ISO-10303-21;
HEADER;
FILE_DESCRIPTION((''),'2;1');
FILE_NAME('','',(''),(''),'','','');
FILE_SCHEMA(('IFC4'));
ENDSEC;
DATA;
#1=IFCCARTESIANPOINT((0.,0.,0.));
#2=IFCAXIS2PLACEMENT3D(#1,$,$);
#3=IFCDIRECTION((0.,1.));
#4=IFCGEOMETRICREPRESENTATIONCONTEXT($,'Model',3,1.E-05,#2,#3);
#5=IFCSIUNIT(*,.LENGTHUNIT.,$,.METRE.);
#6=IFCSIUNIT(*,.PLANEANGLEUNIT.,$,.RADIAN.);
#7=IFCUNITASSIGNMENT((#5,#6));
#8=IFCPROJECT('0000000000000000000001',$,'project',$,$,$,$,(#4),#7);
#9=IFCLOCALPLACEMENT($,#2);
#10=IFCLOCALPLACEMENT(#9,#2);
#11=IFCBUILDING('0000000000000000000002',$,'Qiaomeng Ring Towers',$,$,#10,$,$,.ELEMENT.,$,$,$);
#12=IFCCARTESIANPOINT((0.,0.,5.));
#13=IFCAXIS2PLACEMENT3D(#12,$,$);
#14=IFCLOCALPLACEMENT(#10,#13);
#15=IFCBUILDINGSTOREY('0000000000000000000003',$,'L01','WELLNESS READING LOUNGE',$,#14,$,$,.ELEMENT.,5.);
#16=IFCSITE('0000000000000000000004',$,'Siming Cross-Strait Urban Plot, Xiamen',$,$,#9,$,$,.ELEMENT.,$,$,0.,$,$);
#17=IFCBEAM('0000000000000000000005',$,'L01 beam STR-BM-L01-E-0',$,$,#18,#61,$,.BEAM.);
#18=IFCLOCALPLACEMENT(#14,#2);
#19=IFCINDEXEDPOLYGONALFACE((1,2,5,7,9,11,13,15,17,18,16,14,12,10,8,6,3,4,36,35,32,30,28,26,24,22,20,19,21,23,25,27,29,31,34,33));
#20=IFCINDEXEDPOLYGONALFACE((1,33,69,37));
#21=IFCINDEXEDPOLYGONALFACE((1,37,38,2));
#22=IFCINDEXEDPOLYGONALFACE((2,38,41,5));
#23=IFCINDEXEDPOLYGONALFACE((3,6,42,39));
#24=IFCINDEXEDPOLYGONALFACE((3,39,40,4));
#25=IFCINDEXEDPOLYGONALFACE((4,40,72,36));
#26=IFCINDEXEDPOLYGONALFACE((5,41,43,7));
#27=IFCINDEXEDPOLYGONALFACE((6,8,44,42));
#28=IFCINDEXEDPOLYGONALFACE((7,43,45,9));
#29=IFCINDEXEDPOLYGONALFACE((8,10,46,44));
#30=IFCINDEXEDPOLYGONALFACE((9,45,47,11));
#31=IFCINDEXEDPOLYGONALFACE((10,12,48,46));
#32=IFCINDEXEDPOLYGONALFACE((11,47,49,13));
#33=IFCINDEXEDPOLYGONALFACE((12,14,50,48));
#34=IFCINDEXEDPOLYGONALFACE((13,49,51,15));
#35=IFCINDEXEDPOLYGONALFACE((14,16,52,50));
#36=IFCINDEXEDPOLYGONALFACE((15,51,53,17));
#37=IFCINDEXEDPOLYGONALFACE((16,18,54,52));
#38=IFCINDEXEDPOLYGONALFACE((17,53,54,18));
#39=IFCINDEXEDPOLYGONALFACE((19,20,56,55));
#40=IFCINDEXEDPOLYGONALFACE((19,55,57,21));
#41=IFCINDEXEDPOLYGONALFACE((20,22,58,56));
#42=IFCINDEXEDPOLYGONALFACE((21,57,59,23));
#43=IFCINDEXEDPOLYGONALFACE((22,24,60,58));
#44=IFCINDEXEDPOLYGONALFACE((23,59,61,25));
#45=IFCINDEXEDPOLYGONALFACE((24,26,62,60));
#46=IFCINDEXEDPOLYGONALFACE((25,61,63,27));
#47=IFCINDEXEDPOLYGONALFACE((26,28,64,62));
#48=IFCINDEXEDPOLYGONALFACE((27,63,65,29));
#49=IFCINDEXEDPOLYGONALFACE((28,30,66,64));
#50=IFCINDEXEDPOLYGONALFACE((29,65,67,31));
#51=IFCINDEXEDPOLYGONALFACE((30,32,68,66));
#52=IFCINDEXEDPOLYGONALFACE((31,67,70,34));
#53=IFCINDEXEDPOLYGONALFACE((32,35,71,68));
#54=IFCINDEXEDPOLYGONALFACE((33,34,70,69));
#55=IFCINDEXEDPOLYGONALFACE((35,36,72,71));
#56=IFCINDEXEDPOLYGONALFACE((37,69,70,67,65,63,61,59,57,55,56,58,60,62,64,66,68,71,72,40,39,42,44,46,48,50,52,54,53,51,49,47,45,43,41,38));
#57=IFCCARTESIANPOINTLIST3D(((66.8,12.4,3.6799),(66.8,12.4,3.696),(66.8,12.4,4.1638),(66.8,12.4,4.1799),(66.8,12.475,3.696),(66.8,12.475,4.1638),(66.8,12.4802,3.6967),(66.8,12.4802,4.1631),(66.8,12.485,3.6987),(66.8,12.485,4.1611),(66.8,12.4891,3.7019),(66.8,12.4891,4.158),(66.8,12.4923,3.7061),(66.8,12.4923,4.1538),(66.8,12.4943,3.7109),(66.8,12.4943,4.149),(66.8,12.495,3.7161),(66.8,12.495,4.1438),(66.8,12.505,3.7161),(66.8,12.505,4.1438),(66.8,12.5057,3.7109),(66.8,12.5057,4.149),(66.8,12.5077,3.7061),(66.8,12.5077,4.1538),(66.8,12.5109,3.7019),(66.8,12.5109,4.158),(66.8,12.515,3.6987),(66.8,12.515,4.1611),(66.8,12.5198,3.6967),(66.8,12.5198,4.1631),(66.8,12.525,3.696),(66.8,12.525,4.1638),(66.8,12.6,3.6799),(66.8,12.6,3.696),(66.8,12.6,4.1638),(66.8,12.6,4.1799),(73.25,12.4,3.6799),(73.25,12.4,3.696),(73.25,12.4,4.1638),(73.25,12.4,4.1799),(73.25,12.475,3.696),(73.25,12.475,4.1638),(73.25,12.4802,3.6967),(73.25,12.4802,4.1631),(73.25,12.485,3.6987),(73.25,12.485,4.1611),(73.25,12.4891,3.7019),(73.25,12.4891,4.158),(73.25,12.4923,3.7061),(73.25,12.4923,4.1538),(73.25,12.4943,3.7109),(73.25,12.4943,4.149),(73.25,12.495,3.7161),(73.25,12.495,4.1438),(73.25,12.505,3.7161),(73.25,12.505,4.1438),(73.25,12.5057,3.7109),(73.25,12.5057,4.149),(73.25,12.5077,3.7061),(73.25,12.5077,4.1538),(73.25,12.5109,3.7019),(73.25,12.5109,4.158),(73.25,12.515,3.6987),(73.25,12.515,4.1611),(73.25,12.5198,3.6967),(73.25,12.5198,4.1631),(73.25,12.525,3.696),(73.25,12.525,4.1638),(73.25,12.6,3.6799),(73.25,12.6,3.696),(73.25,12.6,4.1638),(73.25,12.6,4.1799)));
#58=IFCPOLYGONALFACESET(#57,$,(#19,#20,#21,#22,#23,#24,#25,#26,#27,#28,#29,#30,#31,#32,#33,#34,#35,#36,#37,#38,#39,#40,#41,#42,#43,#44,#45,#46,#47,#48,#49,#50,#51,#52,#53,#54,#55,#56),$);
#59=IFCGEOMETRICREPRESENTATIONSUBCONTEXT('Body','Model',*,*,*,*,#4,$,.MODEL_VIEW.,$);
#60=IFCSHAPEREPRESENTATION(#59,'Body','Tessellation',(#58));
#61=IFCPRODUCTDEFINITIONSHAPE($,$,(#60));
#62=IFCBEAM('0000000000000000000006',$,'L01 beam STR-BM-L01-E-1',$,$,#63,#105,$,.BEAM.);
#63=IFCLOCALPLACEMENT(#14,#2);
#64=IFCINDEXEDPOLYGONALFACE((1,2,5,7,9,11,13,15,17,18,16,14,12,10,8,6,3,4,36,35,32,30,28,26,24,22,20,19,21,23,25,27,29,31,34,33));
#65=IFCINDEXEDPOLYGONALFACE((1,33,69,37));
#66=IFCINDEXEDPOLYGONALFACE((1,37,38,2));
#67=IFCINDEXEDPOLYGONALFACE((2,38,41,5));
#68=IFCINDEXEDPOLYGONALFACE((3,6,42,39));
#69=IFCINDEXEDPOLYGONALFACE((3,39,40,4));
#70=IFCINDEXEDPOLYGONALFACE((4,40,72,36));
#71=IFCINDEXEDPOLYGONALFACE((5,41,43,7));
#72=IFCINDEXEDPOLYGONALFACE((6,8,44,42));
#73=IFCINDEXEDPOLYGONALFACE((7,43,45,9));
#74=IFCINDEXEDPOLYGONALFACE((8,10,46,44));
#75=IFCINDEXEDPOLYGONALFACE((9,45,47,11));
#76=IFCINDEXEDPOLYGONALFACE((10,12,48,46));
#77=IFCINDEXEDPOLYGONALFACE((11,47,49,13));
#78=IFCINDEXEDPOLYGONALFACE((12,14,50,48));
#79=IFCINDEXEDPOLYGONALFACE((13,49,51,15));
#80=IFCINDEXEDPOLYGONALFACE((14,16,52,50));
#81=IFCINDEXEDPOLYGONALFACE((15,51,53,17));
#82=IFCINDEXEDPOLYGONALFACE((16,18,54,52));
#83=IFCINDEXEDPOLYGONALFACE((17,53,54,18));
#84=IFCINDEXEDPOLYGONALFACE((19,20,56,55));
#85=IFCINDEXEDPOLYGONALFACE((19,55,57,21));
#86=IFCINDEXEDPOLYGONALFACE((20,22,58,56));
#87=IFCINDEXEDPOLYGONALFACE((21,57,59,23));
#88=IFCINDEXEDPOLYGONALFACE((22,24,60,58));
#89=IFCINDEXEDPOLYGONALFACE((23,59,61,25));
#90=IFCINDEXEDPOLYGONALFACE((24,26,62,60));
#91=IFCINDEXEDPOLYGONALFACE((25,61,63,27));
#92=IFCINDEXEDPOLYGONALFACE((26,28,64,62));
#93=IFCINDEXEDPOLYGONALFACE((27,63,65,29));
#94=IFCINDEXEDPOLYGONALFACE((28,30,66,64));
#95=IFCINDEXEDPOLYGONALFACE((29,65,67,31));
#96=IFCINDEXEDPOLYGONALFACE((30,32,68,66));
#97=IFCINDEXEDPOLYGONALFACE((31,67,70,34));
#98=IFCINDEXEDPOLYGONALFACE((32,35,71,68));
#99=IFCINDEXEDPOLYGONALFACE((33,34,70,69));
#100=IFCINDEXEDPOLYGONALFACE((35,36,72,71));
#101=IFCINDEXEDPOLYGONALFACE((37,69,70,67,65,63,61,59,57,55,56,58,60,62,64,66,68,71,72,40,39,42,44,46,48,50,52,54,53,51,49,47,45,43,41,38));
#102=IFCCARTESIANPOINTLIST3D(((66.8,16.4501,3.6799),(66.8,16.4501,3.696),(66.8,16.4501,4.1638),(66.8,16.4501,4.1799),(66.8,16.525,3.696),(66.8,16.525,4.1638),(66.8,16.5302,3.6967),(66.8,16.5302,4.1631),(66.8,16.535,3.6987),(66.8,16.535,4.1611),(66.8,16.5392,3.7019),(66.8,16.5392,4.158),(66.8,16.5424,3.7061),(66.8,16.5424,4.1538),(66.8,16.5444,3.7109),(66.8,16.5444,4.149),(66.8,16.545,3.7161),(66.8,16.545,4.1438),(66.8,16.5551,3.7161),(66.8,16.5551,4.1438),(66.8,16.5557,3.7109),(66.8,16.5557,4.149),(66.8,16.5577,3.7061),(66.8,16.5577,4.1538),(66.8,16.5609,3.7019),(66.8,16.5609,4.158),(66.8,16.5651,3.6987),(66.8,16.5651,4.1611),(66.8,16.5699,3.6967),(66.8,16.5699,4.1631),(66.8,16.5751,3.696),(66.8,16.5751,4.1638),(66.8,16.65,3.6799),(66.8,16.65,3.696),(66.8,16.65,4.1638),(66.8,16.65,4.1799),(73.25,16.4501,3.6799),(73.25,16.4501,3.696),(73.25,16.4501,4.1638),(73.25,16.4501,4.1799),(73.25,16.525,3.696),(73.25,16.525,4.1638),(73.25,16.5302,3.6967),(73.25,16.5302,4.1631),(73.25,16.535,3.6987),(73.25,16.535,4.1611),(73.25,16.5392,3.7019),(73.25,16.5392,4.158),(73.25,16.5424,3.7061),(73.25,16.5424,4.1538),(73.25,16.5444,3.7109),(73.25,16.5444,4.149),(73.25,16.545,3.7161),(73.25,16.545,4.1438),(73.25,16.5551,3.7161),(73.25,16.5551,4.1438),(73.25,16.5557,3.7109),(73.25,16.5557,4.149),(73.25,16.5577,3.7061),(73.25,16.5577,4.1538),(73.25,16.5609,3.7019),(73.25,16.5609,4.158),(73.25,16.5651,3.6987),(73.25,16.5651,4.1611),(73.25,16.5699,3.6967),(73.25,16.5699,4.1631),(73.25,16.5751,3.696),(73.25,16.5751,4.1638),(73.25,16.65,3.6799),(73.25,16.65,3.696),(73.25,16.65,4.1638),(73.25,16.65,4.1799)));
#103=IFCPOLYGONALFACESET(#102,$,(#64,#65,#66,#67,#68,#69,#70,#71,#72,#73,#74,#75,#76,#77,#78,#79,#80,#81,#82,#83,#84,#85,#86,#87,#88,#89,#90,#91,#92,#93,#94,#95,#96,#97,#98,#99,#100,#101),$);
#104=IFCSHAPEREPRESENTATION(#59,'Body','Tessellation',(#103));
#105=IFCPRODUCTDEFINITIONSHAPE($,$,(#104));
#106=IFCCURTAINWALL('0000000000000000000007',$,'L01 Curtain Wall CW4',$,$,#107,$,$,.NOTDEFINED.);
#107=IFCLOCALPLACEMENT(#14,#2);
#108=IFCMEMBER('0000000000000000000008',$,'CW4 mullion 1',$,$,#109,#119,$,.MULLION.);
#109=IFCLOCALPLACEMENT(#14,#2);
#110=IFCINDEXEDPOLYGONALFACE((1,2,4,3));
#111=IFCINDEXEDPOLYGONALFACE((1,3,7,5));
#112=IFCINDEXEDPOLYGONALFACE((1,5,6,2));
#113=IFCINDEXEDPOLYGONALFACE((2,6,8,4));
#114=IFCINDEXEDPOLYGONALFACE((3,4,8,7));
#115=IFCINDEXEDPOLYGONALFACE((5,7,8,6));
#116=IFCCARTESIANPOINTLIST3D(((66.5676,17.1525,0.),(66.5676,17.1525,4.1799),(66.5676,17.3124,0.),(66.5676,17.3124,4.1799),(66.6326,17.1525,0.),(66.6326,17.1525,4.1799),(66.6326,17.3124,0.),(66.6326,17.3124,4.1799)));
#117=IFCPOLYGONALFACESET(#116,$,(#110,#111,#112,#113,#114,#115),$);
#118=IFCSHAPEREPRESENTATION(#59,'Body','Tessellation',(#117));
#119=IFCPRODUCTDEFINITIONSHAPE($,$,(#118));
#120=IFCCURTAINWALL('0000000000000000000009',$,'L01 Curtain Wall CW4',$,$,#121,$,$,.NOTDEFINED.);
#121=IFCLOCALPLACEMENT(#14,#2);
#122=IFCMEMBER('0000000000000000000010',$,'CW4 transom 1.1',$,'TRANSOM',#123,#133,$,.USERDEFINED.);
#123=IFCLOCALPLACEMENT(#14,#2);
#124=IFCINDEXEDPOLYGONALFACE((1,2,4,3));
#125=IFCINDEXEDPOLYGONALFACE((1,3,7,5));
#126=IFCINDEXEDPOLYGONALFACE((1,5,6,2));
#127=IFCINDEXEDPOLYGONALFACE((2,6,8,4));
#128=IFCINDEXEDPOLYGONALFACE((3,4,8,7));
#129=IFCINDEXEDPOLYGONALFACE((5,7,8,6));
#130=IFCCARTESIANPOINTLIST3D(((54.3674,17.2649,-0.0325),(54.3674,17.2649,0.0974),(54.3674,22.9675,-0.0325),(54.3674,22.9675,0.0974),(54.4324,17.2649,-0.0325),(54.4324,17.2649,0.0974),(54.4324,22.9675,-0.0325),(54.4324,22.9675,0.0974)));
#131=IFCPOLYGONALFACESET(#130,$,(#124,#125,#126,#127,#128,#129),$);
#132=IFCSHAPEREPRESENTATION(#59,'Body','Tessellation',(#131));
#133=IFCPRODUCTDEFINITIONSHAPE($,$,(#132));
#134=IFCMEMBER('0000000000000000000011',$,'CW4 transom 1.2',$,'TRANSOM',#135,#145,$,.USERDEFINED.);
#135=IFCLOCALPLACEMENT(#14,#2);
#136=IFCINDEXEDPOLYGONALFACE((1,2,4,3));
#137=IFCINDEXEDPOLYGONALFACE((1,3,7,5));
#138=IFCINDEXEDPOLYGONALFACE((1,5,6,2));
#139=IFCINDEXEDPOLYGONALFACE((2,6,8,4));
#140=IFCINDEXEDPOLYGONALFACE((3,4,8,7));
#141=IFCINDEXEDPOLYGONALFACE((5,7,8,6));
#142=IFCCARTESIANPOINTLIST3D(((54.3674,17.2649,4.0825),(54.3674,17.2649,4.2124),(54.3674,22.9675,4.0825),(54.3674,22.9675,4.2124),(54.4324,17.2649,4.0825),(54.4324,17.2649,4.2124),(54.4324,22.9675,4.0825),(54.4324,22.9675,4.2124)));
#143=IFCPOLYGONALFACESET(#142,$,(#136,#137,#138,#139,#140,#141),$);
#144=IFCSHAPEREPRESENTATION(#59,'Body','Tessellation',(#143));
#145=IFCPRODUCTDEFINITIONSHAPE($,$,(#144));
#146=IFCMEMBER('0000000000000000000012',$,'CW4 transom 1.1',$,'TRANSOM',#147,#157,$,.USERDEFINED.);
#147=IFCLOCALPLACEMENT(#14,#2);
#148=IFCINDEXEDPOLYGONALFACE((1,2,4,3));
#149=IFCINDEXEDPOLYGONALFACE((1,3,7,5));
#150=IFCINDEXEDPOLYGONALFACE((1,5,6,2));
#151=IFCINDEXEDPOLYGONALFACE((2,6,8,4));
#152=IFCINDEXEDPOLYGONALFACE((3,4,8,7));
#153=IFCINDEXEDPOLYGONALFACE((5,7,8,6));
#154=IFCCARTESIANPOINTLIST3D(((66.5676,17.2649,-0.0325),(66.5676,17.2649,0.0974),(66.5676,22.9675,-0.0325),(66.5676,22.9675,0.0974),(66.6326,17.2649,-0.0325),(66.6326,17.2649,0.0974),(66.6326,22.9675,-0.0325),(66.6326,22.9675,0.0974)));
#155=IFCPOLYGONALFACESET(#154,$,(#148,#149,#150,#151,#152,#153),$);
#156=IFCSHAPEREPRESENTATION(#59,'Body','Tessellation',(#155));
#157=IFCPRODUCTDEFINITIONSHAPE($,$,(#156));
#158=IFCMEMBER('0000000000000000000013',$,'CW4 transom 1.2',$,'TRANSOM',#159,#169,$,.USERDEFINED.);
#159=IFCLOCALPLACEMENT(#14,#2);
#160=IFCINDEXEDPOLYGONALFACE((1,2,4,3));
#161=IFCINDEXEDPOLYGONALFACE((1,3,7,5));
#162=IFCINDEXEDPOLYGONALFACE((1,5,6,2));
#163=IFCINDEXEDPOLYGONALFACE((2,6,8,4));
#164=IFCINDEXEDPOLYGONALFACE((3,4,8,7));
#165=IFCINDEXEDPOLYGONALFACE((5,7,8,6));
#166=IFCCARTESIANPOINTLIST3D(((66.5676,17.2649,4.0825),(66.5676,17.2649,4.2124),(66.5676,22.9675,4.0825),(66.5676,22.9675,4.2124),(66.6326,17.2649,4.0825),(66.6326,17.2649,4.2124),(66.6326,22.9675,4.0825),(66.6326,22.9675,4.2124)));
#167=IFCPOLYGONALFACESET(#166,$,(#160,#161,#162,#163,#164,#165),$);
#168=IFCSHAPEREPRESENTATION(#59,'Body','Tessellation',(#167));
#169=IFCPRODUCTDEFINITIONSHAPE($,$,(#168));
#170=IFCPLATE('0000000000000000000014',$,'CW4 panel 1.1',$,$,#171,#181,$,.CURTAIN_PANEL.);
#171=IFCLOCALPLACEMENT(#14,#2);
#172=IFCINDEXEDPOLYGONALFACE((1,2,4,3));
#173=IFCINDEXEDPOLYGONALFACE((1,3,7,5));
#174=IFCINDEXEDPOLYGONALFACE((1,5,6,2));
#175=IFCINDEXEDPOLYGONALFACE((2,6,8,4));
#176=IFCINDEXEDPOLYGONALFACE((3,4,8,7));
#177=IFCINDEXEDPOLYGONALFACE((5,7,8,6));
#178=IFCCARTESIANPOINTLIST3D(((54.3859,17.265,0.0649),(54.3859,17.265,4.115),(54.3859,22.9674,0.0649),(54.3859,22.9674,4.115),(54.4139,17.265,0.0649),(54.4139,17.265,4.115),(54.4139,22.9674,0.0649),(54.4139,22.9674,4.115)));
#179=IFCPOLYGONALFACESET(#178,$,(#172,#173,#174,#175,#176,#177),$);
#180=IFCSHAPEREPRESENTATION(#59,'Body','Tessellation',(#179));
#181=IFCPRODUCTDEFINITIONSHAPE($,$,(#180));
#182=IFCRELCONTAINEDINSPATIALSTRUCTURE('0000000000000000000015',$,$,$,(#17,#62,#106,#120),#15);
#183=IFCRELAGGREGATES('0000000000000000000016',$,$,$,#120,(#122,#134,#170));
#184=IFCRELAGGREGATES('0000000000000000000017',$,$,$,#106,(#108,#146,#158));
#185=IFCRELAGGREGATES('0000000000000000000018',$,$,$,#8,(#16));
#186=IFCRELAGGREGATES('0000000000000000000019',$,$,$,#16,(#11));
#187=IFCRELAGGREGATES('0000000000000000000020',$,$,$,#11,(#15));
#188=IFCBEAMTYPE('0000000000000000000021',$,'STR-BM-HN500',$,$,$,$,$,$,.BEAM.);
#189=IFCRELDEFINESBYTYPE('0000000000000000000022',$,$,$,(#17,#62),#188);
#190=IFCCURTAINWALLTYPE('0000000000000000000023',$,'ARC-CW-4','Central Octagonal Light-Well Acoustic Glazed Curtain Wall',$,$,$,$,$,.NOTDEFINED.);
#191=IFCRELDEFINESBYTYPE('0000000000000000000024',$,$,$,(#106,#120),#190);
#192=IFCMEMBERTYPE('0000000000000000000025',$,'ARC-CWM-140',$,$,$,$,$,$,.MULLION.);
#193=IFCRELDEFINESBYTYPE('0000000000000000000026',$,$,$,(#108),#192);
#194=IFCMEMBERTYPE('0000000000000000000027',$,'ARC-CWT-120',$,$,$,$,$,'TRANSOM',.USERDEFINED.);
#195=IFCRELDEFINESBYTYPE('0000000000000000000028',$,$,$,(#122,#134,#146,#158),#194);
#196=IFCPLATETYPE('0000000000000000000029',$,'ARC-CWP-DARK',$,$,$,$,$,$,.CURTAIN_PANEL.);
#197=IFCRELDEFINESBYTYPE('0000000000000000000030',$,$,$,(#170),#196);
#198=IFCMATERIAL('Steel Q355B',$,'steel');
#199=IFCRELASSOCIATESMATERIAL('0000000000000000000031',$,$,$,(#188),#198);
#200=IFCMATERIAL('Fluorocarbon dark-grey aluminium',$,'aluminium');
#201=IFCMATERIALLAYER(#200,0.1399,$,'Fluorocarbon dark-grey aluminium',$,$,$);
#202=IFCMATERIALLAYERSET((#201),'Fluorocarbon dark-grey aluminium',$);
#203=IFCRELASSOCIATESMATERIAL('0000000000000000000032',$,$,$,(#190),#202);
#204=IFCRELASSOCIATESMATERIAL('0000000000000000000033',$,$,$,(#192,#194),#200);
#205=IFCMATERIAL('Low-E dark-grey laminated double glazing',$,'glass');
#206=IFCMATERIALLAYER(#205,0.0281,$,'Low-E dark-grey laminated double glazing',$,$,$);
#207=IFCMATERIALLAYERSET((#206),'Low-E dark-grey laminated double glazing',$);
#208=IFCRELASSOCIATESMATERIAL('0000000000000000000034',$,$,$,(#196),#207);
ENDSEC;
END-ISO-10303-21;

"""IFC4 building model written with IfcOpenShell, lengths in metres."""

from ifc_helpers import new_model, si_unit, direction, frame, origin, origin_2d, place, context, subcontext, project, spatial, rectangle, i_section, extrude, source, transform, mapped, material, layer, layer_set, material_profile, profile_set, type_object, element, aggregate, save


model = new_model("IFC4")

# Units and contexts
model_context = context("Model", 3, precision=1e-05, world=origin(), true_north=direction((0.0, 1.0)))
body_context = subcontext(model_context, "Body", "Model", "MODEL_VIEW")
ifc_project = project(units=[si_unit("LENGTHUNIT", "METRE"), si_unit("PLANEANGLEUNIT", "RADIAN")], contexts=[model_context])

# Site, building, storey
site_placement = place(None, origin())
site = spatial("IfcSite", under=ifc_project, at=site_placement, Name="Siming Cross-Strait Urban Plot, Xiamen", CompositionType="ELEMENT", RefElevation=0.0)
building_placement = place(site_placement, origin())
building = spatial("IfcBuilding", under=site, at=building_placement, Name="Qiaomeng Ring Towers", CompositionType="ELEMENT")
storey_placement = place(building_placement, frame((0.0, 0.0, 5.0)))
storey = spatial("IfcBuildingStorey", under=building, at=storey_placement, Name="L01", Description="WELLNESS READING LOUNGE", CompositionType="ELEMENT", Elevation=5.0)

# Beams
ifc_material_1 = material(Name="Steel Q355B", Category="steel")
ifc_material_profile_1 = material_profile(ifc_material_1, i_section(OverallWidth=0.2, OverallDepth=0.5, WebThickness=0.01, FlangeThickness=0.0161, FilletRadius=0.02, at=origin_2d()), Name="HN 500x200x10x16")
ifc_profile_set_1 = profile_set([ifc_material_profile_1], Name="Steel Q355B")
beam_type = type_object("IfcBeamType", Name="STR-BM-HN500", PredefinedType="BEAM", material=ifc_profile_set_1)
shared_shape_1 = source(origin(), body_context, "Body", "SweptSolid", [
    extrude(i_section(OverallWidth=0.2, OverallDepth=0.5, WebThickness=0.01, FlangeThickness=0.0161, FilletRadius=0.02, at=origin_2d()), origin(), (0.0, 0.0, 1.0), 6.45),
])
for number, where, z_axis, x_axis, name in (
    (1, (66.8, 12.5, 3.9299), (1.0, 0.0, 0.0), (0.0, 1.0, 0.0), "L01 beam STR-BM-L01-E-0"),
    (2, (66.8, 16.55, 3.9299), (1.0, 0.0, 0.0), (0.0, 1.0, 0.0), "L01 beam STR-BM-L01-E-1"),
):
    element("IfcBeam", number, at=place(storey_placement, frame(where, z_axis=z_axis, x_axis=x_axis)), inside=storey, type_object=beam_type, Name=name, PredefinedType="BEAM", context=body_context, shape_type="MappedRepresentation", body=[
        mapped(shared_shape_1, transform((0.0, 0.0, 0.0), x_axis=(1.0, 0.0, 0.0), y_axis=(0.0, 1.0, 0.0), z_axis=(0.0, 0.0, 1.0), scale=1.0)),
    ])

# Curtain wall, member
ifc_material_2 = material(Name="Fluorocarbon dark-grey aluminium", Category="aluminium")
ifc_layer_1 = layer(ifc_material_2, 0.1399, Name="Fluorocarbon dark-grey aluminium")
ifc_layer_set_1 = layer_set([ifc_layer_1], Name="Fluorocarbon dark-grey aluminium")
curtain_wall_type = type_object("IfcCurtainWallType", Name="ARC-CW-4", Description="Central Octagonal Light-Well Acoustic Glazed Curtain Wall", PredefinedType="NOTDEFINED", material=ifc_layer_set_1)
curtain_wall_1_placement = place(storey_placement, origin())
curtain_wall_1 = element("IfcCurtainWall", 3, at=curtain_wall_1_placement, inside=storey, type_object=curtain_wall_type, Name="L01 Curtain Wall CW4", PredefinedType="NOTDEFINED")
ifc_material_profile_2 = material_profile(ifc_material_2, rectangle(XDim=0.0649, YDim=0.1599, at=origin_2d()), Name="ALU MULL 65x160")
ifc_profile_set_2 = profile_set([ifc_material_profile_2], Name="Fluorocarbon dark-grey aluminium")
member_type_1 = type_object("IfcMemberType", Name="ARC-CWM-140", PredefinedType="MULLION", material=ifc_profile_set_2)
shared_shape_2 = source(origin(), body_context, "Body", "SweptSolid", [
    extrude(rectangle(XDim=0.0649, YDim=0.1599, at=origin_2d()), origin(), (0.0, 0.0, 1.0), 4.1799),
])
member_1_placement = place(storey_placement, frame((66.6001, 17.2324, 0.0), z_axis=(0.0, 0.0, 1.0), x_axis=(-1.0, 0.0, 0.0)))
member_1 = element("IfcMember", 4, at=member_1_placement, type_object=member_type_1, Name="CW4 mullion 1", PredefinedType="MULLION", context=body_context, shape_type="MappedRepresentation", body=[
    mapped(shared_shape_2, transform((0.0, 0.0, 0.0), x_axis=(1.0, 0.0, 0.0), y_axis=(0.0, 1.0, 0.0), z_axis=(0.0, 0.0, 1.0), scale=1.0)),
])

# Curtain wall, members
curtain_wall_2_placement = place(storey_placement, origin())
curtain_wall_2 = element("IfcCurtainWall", 5, at=curtain_wall_2_placement, inside=storey, type_object=curtain_wall_type, Name="L01 Curtain Wall CW4", PredefinedType="NOTDEFINED")
ifc_material_profile_3 = material_profile(ifc_material_2, rectangle(XDim=0.0649, YDim=0.1299, at=origin_2d()), Name="ALU TRAN 65x130")
ifc_profile_set_3 = profile_set([ifc_material_profile_3], Name="Fluorocarbon dark-grey aluminium")
member_type_2 = type_object("IfcMemberType", Name="ARC-CWT-120", ElementType="TRANSOM", PredefinedType="USERDEFINED", material=ifc_profile_set_3)
shared_shape_3 = source(origin(), body_context, "Body", "SweptSolid", [
    extrude(rectangle(XDim=0.0649, YDim=0.1299, at=origin_2d()), origin(), (0.0, 0.0, 1.0), 5.7026),
])
member_2_placement = place(storey_placement, frame((54.3999, 17.2649, 0.0325), z_axis=(0.0, 1.0, 0.0), x_axis=(-1.0, 0.0, 0.0)))
member_2 = element("IfcMember", 6, at=member_2_placement, type_object=member_type_2, Name="CW4 transom 1.1", ObjectType="TRANSOM", PredefinedType="USERDEFINED", context=body_context, shape_type="MappedRepresentation", body=[
    mapped(shared_shape_3, transform((0.0, 0.0, 0.0), x_axis=(1.0, 0.0, 0.0), y_axis=(0.0, 1.0, 0.0), z_axis=(0.0, 0.0, 1.0), scale=1.0)),
])
member_3_placement = place(storey_placement, frame((54.3999, 17.2649, 4.1475), z_axis=(0.0, 1.0, 0.0), x_axis=(-1.0, 0.0, 0.0)))
member_3 = element("IfcMember", 7, at=member_3_placement, type_object=member_type_2, Name="CW4 transom 1.2", ObjectType="TRANSOM", PredefinedType="USERDEFINED", context=body_context, shape_type="MappedRepresentation", body=[
    mapped(shared_shape_3, transform((0.0, 0.0, 0.0), x_axis=(1.0, 0.0, 0.0), y_axis=(0.0, 1.0, 0.0), z_axis=(0.0, 0.0, 1.0), scale=1.0)),
])

# Members
member_4_placement = place(storey_placement, frame((66.6001, 17.2649, 0.0325), z_axis=(0.0, 1.0, 0.0), x_axis=(-1.0, 0.0, 0.0)))
member_4 = element("IfcMember", 8, at=member_4_placement, type_object=member_type_2, Name="CW4 transom 1.1", ObjectType="TRANSOM", PredefinedType="USERDEFINED", context=body_context, shape_type="MappedRepresentation", body=[
    mapped(shared_shape_3, transform((0.0, 0.0, 0.0), x_axis=(1.0, 0.0, 0.0), y_axis=(0.0, 1.0, 0.0), z_axis=(0.0, 0.0, 1.0), scale=1.0)),
])
member_5_placement = place(storey_placement, frame((66.6001, 17.2649, 4.1475), z_axis=(0.0, 1.0, 0.0), x_axis=(-1.0, 0.0, 0.0)))
member_5 = element("IfcMember", 9, at=member_5_placement, type_object=member_type_2, Name="CW4 transom 1.2", ObjectType="TRANSOM", PredefinedType="USERDEFINED", context=body_context, shape_type="MappedRepresentation", body=[
    mapped(shared_shape_3, transform((0.0, 0.0, 0.0), x_axis=(1.0, 0.0, 0.0), y_axis=(0.0, 1.0, 0.0), z_axis=(0.0, 0.0, 1.0), scale=1.0)),
])

# Plate
ifc_material_3 = material(Name="Low-E dark-grey laminated double glazing", Category="glass")
ifc_layer_2 = layer(ifc_material_3, 0.0281, Name="Low-E dark-grey laminated double glazing")
ifc_layer_set_2 = layer_set([ifc_layer_2], Name="Low-E dark-grey laminated double glazing")
plate_type = type_object("IfcPlateType", Name="ARC-CWP-DARK", PredefinedType="CURTAIN_PANEL", material=ifc_layer_set_2)
shared_shape_4 = source(origin(), body_context, "Body", "SweptSolid", [
    extrude(rectangle(XDim=5.7024, YDim=0.0281, at=origin_2d()), origin(), (0.0, 0.0, 1.0), 4.05),
])
plate_1_placement = place(storey_placement, frame((54.3999, 20.1162, 0.0649), z_axis=(0.0, 0.0, 1.0), x_axis=(0.0, 1.0, 0.0)))
plate_1 = element("IfcPlate", 10, at=plate_1_placement, type_object=plate_type, Name="CW4 panel 1.1", PredefinedType="CURTAIN_PANEL", context=body_context, shape_type="MappedRepresentation", body=[
    mapped(shared_shape_4, transform((0.0, 0.0, 0.0), x_axis=(1.0, 0.0, 0.0), y_axis=(0.0, 1.0, 0.0), z_axis=(0.0, 0.0, 1.0), scale=1.0)),
])
aggregate(curtain_wall_2, [member_2, member_3, plate_1])
aggregate(curtain_wall_1, [member_1, member_4, member_5])

save(model, "model.ifc")
